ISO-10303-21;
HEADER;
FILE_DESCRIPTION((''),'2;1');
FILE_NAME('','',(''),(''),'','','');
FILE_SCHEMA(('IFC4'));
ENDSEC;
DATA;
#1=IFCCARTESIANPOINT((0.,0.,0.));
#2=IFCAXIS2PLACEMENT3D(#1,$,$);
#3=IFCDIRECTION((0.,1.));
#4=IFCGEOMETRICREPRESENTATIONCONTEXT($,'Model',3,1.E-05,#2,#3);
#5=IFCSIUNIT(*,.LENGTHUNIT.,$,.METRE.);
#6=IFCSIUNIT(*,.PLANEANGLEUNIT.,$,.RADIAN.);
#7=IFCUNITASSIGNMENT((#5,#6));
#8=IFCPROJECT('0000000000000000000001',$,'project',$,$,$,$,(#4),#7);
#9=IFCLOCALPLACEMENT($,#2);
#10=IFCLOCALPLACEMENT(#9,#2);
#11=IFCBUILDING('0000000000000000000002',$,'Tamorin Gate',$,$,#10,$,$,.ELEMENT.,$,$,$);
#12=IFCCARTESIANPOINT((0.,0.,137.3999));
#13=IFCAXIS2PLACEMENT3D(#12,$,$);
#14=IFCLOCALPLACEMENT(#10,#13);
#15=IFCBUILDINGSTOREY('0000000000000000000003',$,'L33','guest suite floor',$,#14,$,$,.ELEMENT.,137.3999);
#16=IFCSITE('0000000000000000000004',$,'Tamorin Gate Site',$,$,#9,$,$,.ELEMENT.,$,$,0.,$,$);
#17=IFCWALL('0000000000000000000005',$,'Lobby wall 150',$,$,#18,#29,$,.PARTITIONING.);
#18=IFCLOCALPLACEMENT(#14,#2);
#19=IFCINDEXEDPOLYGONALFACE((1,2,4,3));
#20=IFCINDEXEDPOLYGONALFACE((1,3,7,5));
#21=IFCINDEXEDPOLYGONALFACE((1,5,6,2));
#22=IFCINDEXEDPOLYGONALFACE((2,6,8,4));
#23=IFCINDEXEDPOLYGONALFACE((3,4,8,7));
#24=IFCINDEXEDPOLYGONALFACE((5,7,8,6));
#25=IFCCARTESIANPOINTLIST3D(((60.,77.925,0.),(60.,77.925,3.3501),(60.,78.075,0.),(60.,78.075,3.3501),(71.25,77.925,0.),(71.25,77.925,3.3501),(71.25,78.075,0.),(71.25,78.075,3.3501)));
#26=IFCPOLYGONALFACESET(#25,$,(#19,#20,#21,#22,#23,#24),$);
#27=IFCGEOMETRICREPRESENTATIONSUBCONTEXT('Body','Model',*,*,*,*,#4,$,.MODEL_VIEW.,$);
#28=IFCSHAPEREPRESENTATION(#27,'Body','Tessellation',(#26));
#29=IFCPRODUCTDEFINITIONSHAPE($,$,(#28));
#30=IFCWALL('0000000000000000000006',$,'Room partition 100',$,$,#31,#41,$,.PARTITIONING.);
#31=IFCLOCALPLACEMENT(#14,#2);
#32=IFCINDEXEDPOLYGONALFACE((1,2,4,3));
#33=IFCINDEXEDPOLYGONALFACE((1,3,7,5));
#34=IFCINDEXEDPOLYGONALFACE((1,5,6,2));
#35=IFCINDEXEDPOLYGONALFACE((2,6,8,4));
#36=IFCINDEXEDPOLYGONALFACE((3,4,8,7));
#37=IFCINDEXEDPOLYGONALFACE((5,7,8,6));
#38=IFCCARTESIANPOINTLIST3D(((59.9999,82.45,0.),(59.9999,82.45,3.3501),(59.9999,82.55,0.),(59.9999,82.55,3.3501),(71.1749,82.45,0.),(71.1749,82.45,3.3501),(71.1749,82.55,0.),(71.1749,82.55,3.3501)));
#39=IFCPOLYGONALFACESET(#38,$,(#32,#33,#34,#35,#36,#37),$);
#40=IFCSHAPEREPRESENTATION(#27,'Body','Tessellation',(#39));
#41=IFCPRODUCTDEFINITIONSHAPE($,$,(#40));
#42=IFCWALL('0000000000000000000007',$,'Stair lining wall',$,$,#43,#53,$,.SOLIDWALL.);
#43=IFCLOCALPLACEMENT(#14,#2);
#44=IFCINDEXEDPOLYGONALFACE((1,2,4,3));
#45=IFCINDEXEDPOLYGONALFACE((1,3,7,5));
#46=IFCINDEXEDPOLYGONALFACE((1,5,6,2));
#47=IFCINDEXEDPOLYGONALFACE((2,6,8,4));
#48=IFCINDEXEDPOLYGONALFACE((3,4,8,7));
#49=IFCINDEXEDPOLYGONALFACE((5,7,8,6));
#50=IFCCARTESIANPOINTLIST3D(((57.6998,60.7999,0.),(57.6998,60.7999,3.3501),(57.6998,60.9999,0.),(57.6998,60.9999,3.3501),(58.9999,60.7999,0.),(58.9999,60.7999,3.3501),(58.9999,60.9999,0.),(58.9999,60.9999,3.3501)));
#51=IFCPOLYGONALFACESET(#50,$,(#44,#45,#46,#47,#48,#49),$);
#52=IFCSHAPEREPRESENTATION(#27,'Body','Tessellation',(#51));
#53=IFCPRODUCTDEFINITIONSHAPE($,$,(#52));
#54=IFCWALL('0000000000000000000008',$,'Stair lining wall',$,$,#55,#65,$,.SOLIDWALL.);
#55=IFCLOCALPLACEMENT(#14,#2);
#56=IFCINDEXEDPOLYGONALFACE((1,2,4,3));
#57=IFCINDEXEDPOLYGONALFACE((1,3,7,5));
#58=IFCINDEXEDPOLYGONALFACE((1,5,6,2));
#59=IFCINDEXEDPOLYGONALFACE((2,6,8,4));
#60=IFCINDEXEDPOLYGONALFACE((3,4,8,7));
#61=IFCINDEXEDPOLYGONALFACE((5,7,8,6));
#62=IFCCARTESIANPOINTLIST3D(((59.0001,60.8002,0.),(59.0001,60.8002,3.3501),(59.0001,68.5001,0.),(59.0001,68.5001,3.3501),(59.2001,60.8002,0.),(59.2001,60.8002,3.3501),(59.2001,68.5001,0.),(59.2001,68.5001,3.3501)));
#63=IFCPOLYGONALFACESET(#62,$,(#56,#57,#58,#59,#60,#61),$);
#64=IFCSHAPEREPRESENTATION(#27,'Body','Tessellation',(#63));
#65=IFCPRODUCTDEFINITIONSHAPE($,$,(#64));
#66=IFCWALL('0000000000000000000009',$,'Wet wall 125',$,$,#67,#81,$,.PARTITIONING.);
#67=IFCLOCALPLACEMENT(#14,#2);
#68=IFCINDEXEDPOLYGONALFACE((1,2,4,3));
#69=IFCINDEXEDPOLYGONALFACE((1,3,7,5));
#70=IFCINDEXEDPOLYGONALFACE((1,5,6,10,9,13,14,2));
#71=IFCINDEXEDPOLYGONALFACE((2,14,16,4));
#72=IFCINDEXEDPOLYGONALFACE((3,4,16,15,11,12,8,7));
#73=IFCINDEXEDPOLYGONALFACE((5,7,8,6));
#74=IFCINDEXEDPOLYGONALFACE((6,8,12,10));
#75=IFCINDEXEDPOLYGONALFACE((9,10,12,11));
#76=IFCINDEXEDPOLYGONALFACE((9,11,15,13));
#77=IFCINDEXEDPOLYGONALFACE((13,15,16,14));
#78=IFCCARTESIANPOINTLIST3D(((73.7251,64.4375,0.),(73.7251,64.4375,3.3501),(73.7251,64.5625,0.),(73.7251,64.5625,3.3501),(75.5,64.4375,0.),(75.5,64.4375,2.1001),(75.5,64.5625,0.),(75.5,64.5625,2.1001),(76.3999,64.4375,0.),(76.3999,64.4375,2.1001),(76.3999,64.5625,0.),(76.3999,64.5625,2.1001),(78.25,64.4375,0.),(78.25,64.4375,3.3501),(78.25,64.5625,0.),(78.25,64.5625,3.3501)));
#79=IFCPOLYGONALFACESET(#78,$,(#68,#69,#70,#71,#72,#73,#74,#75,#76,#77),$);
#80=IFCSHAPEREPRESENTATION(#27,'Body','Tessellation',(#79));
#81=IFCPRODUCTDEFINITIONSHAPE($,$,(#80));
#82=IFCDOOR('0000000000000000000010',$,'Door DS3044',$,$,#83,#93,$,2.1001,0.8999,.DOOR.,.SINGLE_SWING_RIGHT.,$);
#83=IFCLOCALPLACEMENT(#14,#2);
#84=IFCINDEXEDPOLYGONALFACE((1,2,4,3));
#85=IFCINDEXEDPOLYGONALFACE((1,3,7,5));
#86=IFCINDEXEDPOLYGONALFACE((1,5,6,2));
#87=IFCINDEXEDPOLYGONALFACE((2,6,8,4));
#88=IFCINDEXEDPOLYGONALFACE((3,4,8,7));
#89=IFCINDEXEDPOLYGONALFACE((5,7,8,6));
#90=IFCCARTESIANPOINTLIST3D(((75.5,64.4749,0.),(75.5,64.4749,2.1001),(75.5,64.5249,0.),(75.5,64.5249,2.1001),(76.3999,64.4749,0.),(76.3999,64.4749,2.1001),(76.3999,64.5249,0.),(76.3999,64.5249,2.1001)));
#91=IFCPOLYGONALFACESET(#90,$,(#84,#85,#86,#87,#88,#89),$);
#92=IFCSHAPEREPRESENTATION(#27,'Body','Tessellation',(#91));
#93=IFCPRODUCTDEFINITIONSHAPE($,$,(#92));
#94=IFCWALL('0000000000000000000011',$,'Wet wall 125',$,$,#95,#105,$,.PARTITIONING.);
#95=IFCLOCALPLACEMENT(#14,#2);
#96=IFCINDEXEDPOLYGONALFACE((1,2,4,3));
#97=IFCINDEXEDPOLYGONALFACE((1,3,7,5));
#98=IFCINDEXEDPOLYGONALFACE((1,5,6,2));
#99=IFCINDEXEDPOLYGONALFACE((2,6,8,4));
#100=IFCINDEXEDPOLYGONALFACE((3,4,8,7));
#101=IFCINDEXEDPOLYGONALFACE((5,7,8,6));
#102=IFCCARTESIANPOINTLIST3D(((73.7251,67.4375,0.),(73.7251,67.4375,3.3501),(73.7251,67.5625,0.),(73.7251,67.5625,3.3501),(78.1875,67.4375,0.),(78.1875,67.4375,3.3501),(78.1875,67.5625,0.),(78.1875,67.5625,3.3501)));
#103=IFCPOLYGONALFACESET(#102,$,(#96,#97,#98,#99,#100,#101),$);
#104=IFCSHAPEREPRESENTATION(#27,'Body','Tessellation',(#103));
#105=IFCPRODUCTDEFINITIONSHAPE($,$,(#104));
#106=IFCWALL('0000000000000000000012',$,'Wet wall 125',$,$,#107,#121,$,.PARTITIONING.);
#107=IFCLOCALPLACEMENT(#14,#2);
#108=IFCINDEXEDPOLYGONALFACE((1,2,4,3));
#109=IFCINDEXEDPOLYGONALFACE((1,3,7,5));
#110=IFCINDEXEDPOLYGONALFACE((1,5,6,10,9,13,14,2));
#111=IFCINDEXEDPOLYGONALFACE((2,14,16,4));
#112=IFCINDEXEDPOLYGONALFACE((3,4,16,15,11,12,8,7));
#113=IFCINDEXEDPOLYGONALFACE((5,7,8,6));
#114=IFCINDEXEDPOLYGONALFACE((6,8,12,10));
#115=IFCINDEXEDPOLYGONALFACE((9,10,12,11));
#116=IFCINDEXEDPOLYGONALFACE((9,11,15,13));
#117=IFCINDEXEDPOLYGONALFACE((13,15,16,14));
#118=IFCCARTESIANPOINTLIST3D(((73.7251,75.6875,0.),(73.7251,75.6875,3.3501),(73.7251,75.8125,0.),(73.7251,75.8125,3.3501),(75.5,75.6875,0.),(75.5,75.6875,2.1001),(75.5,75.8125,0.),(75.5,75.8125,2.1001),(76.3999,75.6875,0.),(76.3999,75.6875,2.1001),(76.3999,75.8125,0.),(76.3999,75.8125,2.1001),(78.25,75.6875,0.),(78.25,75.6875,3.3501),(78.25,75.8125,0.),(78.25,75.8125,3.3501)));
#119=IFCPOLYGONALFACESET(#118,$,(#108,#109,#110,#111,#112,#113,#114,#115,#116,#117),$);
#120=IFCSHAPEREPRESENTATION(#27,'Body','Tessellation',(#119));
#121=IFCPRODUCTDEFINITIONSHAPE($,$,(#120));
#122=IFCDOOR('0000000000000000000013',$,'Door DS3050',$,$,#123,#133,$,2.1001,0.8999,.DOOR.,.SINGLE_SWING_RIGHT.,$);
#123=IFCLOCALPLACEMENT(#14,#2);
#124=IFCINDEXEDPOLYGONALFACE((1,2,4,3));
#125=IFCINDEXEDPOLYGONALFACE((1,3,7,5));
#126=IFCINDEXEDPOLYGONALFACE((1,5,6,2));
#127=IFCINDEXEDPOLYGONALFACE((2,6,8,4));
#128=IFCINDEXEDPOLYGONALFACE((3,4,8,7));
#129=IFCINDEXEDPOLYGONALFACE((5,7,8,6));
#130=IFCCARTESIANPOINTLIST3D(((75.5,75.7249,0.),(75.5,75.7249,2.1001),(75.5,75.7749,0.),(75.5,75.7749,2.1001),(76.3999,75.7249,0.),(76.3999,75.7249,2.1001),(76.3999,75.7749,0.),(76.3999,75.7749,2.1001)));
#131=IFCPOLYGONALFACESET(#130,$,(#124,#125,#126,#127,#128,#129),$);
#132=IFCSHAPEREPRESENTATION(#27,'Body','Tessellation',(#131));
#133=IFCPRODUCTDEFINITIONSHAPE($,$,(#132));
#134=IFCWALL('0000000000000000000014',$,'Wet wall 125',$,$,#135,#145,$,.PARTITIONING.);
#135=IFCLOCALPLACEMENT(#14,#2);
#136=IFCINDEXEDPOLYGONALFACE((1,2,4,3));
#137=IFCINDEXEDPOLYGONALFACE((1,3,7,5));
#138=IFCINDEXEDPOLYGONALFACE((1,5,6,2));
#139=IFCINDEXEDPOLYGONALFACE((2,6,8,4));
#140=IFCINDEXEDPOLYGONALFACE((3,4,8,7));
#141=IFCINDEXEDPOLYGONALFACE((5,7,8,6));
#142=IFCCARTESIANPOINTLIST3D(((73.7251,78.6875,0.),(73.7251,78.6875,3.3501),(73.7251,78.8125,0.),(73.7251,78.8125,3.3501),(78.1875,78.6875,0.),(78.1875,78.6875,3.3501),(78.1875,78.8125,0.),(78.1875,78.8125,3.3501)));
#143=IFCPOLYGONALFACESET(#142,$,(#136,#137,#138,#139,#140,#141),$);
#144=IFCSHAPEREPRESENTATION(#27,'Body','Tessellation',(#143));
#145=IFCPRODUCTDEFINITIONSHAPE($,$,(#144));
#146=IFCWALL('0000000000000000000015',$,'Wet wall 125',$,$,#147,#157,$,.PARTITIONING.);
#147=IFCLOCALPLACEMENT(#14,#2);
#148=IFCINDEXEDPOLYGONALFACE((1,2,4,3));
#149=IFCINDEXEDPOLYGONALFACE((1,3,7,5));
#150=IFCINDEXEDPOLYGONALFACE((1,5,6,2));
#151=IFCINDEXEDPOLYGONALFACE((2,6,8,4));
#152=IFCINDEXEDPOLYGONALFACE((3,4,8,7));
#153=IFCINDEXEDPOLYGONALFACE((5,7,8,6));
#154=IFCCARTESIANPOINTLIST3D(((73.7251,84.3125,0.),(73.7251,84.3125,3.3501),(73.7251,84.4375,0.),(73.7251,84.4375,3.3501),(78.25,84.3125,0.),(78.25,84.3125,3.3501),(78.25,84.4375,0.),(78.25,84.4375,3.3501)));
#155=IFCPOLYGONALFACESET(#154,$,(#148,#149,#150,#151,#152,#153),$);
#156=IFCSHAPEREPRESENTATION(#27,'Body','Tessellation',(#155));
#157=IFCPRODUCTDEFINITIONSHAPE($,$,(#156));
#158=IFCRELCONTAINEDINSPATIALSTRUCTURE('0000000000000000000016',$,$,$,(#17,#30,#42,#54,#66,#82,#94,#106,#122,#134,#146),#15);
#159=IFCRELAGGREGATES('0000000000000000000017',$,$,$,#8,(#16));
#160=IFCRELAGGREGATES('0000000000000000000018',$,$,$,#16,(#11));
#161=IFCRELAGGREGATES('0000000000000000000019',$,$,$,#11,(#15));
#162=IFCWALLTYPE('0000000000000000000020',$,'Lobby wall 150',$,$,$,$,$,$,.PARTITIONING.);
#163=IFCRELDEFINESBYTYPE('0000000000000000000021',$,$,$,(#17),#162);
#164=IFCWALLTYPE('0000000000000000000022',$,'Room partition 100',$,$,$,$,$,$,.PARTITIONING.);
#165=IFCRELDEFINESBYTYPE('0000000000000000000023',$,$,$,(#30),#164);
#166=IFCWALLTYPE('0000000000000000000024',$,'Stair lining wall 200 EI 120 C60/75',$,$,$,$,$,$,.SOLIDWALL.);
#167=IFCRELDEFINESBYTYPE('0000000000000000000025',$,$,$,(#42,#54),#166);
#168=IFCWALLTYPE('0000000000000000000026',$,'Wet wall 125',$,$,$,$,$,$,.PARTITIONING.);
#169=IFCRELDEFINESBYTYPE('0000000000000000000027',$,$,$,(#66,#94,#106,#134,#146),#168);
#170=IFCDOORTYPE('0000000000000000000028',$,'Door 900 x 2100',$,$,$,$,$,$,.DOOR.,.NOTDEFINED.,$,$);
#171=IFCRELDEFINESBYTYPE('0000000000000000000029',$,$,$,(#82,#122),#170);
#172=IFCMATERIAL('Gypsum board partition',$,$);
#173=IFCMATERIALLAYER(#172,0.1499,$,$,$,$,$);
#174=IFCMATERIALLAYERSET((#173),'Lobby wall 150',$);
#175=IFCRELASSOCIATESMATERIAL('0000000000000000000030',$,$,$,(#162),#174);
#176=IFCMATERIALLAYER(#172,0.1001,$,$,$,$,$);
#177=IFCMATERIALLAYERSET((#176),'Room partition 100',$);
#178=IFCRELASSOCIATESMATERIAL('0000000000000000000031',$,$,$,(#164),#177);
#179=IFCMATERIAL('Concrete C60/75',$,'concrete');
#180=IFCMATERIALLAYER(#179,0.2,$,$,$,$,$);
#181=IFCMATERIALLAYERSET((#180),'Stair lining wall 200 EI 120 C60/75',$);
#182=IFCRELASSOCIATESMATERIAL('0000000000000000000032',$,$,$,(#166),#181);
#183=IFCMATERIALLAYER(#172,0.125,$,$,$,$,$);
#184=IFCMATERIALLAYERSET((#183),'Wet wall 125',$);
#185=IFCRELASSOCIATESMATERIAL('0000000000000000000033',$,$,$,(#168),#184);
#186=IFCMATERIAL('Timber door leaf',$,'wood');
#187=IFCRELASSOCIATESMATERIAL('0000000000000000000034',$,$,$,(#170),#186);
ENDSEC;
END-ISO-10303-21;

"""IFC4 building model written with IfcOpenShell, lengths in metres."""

from ifc_helpers import new_model, si_unit, direction, frame, frame_2d, origin, place, context, subcontext, project, spatial, rectangle, extrude, material, layer, layer_set, type_object, element, fill, save


model = new_model("IFC4")

# Units and contexts
model_context = context("Model", 3, precision=1e-05, world=origin(), true_north=direction((0.0, 1.0)))
body_context = subcontext(model_context, "Body", "Model", "MODEL_VIEW")
ifc_project = project(units=[si_unit("LENGTHUNIT", "METRE"), si_unit("PLANEANGLEUNIT", "RADIAN")], contexts=[model_context])

# Site, building, storey
site_placement = place(None, origin())
site = spatial("IfcSite", under=ifc_project, at=site_placement, Name="Tamorin Gate Site", CompositionType="ELEMENT", RefElevation=0.0)
building_placement = place(site_placement, origin())
building = spatial("IfcBuilding", under=site, at=building_placement, Name="Tamorin Gate", CompositionType="ELEMENT")
storey_placement = place(building_placement, frame((0.0, 0.0, 137.3999)))
storey = spatial("IfcBuildingStorey", under=building, at=storey_placement, Name="L33", Description="guest suite floor", CompositionType="ELEMENT", Elevation=137.3999)

# Shared definitions
ifc_material_1 = material(Name="Gypsum board partition")
ifc_material_2 = material(Name="Timber door leaf", Category="wood")

# Walls
ifc_layer_1 = layer(ifc_material_1, 0.1499)
ifc_layer_set_1 = layer_set([ifc_layer_1], Name="Lobby wall 150")
wall_type_1 = type_object("IfcWallType", Name="Lobby wall 150", PredefinedType="PARTITIONING", material=ifc_layer_set_1)
for number, where, z_axis, x_axis, name in (
    (1, (60.0, 78.0, 0.0), (0.0, 0.0, 1.0), (1.0, 0.0, 0.0), "Lobby wall 150"),
):
    element("IfcWall", number, at=place(storey_placement, frame(where, z_axis=z_axis, x_axis=x_axis)), inside=storey, type_object=wall_type_1, Name=name, PredefinedType="PARTITIONING", context=body_context, shape_type="SweptSolid", body=[
        extrude(rectangle(XDim=11.25, YDim=0.1499, at=frame_2d((5.625, 0.0))), origin(), (0.0, 0.0, 1.0), 3.3501),
    ])
ifc_layer_2 = layer(ifc_material_1, 0.1001)
ifc_layer_set_2 = layer_set([ifc_layer_2], Name="Room partition 100")
wall_type_2 = type_object("IfcWallType", Name="Room partition 100", PredefinedType="PARTITIONING", material=ifc_layer_set_2)
wall_1_placement = place(storey_placement, frame((60.0, 82.5, 0.0), z_axis=(0.0, 0.0, 1.0), x_axis=(1.0, 0.0, 0.0)))
element("IfcWall", 2, at=wall_1_placement, inside=storey, type_object=wall_type_2, Name="Room partition 100", PredefinedType="PARTITIONING", context=body_context, shape_type="SweptSolid", body=[
    extrude(rectangle(XDim=11.175, YDim=0.1001, at=frame_2d((5.5874, 0.0))), origin(), (0.0, 0.0, 1.0), 3.3501),
])
ifc_material_3 = material(Name="Concrete C60/75", Category="concrete")
ifc_layer_3 = layer(ifc_material_3, 0.2)
ifc_layer_set_3 = layer_set([ifc_layer_3], Name="Stair lining wall 200 EI 120 C60/75")
wall_type_3 = type_object("IfcWallType", Name="Stair lining wall 200 EI 120 C60/75", PredefinedType="SOLIDWALL", material=ifc_layer_set_3)
wall_2_placement = place(storey_placement, frame((57.7, 60.8999, 0.0), z_axis=(0.0, 0.0, 1.0), x_axis=(1.0, 0.0, 0.0)))
element("IfcWall", 3, at=wall_2_placement, inside=storey, type_object=wall_type_3, Name="Stair lining wall", PredefinedType="SOLIDWALL", context=body_context, shape_type="SweptSolid", body=[
    extrude(rectangle(XDim=1.3, YDim=0.2, at=frame_2d((0.6499, 0.0))), origin(), (0.0, 0.0, 1.0), 3.3501),
])
wall_3_placement = place(storey_placement, frame((59.1001, 60.8, 0.0), z_axis=(0.0, 0.0, 1.0), x_axis=(0.0, 1.0, 0.0)))
element("IfcWall", 4, at=wall_3_placement, inside=storey, type_object=wall_type_3, Name="Stair lining wall", PredefinedType="SOLIDWALL", context=body_context, shape_type="SweptSolid", body=[
    extrude(rectangle(XDim=7.7, YDim=0.2, at=frame_2d((3.8501, 0.0))), origin(), (0.0, 0.0, 1.0), 3.3501),
])

# Wall, opening, door
ifc_layer_4 = layer(ifc_material_1, 0.125)
ifc_layer_set_4 = layer_set([ifc_layer_4], Name="Wet wall 125")
wall_type_4 = type_object("IfcWallType", Name="Wet wall 125", PredefinedType="PARTITIONING", material=ifc_layer_set_4)
wall_4_placement = place(storey_placement, frame((73.7251, 64.5, 0.0), z_axis=(0.0, 0.0, 1.0), x_axis=(1.0, 0.0, 0.0)))
wall_4 = element("IfcWall", 5, at=wall_4_placement, inside=storey, type_object=wall_type_4, Name="Wet wall 125", PredefinedType="PARTITIONING", context=body_context, shape_type="SweptSolid", body=[
    extrude(rectangle(XDim=4.5249, YDim=0.125, at=frame_2d((2.2625, 0.0))), origin(), (0.0, 0.0, 1.0), 3.3501),
])
opening_1_placement = place(wall_4_placement, frame((1.7749, 0.0, 0.0)))
opening_1 = element("IfcOpeningElement", 6, at=opening_1_placement, cuts=wall_4, PredefinedType="OPENING", context=body_context, shape_type="SweptSolid", body=[
    extrude(rectangle(XDim=0.8999, YDim=2.1001, at=frame_2d((0.45, 1.05))), frame((0.0, 0.0725, 0.0), z_axis=(0.0, -1.0, 0.0), x_axis=(1.0, 0.0, 0.0)), (0.0, 0.0, 1.0), 0.145),
])
door_type_1 = type_object("IfcDoorType", Name="Door 900 x 2100", OperationType="NOTDEFINED", PredefinedType="DOOR", material=ifc_material_2)
door_1_placement = place(opening_1_placement, origin())
door_1 = element("IfcDoor", 7, at=door_1_placement, inside=storey, type_object=door_type_1, Name="Door DS3044", OperationType="SINGLE_SWING_RIGHT", OverallHeight=2.1001, OverallWidth=0.8999, PredefinedType="DOOR", context=body_context, shape_type="SweptSolid", body=[
    extrude(rectangle(XDim=0.8999, YDim=2.1001, at=frame_2d((0.45, 1.05))), frame((0.0, 0.0249, 0.0), z_axis=(0.0, -1.0, 0.0), x_axis=(1.0, 0.0, 0.0)), (0.0, 0.0, 1.0), 0.05),
])
fill(opening_1, door_1)

# Wall
wall_5_placement = place(storey_placement, frame((73.7251, 67.5, 0.0), z_axis=(0.0, 0.0, 1.0), x_axis=(1.0, 0.0, 0.0)))
element("IfcWall", 8, at=wall_5_placement, inside=storey, type_object=wall_type_4, Name="Wet wall 125", PredefinedType="PARTITIONING", context=body_context, shape_type="SweptSolid", body=[
    extrude(rectangle(XDim=4.4624, YDim=0.125, at=frame_2d((2.2312, 0.0))), origin(), (0.0, 0.0, 1.0), 3.3501),
])

# Wall, opening, door
wall_6_placement = place(storey_placement, frame((73.7251, 75.75, 0.0), z_axis=(0.0, 0.0, 1.0), x_axis=(1.0, 0.0, 0.0)))
wall_6 = element("IfcWall", 9, at=wall_6_placement, inside=storey, type_object=wall_type_4, Name="Wet wall 125", PredefinedType="PARTITIONING", context=body_context, shape_type="SweptSolid", body=[
    extrude(rectangle(XDim=4.5249, YDim=0.125, at=frame_2d((2.2625, 0.0))), origin(), (0.0, 0.0, 1.0), 3.3501),
])
opening_2_placement = place(wall_6_placement, frame((1.7749, 0.0, 0.0)))
opening_2 = element("IfcOpeningElement", 10, at=opening_2_placement, cuts=wall_6, PredefinedType="OPENING", context=body_context, shape_type="SweptSolid", body=[
    extrude(rectangle(XDim=0.8999, YDim=2.1001, at=frame_2d((0.45, 1.05))), frame((0.0, 0.0725, 0.0), z_axis=(0.0, -1.0, 0.0), x_axis=(1.0, 0.0, 0.0)), (0.0, 0.0, 1.0), 0.145),
])
door_2_placement = place(opening_2_placement, origin())
door_2 = element("IfcDoor", 11, at=door_2_placement, inside=storey, type_object=door_type_1, Name="Door DS3050", OperationType="SINGLE_SWING_RIGHT", OverallHeight=2.1001, OverallWidth=0.8999, PredefinedType="DOOR", context=body_context, shape_type="SweptSolid", body=[
    extrude(rectangle(XDim=0.8999, YDim=2.1001, at=frame_2d((0.45, 1.05))), frame((0.0, 0.0249, 0.0), z_axis=(0.0, -1.0, 0.0), x_axis=(1.0, 0.0, 0.0)), (0.0, 0.0, 1.0), 0.05),
])
fill(opening_2, door_2)

# Walls
wall_7_placement = place(storey_placement, frame((73.7251, 78.75, 0.0), z_axis=(0.0, 0.0, 1.0), x_axis=(1.0, 0.0, 0.0)))
element("IfcWall", 12, at=wall_7_placement, inside=storey, type_object=wall_type_4, Name="Wet wall 125", PredefinedType="PARTITIONING", context=body_context, shape_type="SweptSolid", body=[
    extrude(rectangle(XDim=4.4624, YDim=0.125, at=frame_2d((2.2312, 0.0))), origin(), (0.0, 0.0, 1.0), 3.3501),
])
wall_8_placement = place(storey_placement, frame((73.7251, 84.375, 0.0), z_axis=(0.0, 0.0, 1.0), x_axis=(1.0, 0.0, 0.0)))
element("IfcWall", 13, at=wall_8_placement, inside=storey, type_object=wall_type_4, Name="Wet wall 125", PredefinedType="PARTITIONING", context=body_context, shape_type="SweptSolid", body=[
    extrude(rectangle(XDim=4.5249, YDim=0.125, at=frame_2d((2.2625, 0.0))), origin(), (0.0, 0.0, 1.0), 3.3501),
])

save(model, "model.ifc")
